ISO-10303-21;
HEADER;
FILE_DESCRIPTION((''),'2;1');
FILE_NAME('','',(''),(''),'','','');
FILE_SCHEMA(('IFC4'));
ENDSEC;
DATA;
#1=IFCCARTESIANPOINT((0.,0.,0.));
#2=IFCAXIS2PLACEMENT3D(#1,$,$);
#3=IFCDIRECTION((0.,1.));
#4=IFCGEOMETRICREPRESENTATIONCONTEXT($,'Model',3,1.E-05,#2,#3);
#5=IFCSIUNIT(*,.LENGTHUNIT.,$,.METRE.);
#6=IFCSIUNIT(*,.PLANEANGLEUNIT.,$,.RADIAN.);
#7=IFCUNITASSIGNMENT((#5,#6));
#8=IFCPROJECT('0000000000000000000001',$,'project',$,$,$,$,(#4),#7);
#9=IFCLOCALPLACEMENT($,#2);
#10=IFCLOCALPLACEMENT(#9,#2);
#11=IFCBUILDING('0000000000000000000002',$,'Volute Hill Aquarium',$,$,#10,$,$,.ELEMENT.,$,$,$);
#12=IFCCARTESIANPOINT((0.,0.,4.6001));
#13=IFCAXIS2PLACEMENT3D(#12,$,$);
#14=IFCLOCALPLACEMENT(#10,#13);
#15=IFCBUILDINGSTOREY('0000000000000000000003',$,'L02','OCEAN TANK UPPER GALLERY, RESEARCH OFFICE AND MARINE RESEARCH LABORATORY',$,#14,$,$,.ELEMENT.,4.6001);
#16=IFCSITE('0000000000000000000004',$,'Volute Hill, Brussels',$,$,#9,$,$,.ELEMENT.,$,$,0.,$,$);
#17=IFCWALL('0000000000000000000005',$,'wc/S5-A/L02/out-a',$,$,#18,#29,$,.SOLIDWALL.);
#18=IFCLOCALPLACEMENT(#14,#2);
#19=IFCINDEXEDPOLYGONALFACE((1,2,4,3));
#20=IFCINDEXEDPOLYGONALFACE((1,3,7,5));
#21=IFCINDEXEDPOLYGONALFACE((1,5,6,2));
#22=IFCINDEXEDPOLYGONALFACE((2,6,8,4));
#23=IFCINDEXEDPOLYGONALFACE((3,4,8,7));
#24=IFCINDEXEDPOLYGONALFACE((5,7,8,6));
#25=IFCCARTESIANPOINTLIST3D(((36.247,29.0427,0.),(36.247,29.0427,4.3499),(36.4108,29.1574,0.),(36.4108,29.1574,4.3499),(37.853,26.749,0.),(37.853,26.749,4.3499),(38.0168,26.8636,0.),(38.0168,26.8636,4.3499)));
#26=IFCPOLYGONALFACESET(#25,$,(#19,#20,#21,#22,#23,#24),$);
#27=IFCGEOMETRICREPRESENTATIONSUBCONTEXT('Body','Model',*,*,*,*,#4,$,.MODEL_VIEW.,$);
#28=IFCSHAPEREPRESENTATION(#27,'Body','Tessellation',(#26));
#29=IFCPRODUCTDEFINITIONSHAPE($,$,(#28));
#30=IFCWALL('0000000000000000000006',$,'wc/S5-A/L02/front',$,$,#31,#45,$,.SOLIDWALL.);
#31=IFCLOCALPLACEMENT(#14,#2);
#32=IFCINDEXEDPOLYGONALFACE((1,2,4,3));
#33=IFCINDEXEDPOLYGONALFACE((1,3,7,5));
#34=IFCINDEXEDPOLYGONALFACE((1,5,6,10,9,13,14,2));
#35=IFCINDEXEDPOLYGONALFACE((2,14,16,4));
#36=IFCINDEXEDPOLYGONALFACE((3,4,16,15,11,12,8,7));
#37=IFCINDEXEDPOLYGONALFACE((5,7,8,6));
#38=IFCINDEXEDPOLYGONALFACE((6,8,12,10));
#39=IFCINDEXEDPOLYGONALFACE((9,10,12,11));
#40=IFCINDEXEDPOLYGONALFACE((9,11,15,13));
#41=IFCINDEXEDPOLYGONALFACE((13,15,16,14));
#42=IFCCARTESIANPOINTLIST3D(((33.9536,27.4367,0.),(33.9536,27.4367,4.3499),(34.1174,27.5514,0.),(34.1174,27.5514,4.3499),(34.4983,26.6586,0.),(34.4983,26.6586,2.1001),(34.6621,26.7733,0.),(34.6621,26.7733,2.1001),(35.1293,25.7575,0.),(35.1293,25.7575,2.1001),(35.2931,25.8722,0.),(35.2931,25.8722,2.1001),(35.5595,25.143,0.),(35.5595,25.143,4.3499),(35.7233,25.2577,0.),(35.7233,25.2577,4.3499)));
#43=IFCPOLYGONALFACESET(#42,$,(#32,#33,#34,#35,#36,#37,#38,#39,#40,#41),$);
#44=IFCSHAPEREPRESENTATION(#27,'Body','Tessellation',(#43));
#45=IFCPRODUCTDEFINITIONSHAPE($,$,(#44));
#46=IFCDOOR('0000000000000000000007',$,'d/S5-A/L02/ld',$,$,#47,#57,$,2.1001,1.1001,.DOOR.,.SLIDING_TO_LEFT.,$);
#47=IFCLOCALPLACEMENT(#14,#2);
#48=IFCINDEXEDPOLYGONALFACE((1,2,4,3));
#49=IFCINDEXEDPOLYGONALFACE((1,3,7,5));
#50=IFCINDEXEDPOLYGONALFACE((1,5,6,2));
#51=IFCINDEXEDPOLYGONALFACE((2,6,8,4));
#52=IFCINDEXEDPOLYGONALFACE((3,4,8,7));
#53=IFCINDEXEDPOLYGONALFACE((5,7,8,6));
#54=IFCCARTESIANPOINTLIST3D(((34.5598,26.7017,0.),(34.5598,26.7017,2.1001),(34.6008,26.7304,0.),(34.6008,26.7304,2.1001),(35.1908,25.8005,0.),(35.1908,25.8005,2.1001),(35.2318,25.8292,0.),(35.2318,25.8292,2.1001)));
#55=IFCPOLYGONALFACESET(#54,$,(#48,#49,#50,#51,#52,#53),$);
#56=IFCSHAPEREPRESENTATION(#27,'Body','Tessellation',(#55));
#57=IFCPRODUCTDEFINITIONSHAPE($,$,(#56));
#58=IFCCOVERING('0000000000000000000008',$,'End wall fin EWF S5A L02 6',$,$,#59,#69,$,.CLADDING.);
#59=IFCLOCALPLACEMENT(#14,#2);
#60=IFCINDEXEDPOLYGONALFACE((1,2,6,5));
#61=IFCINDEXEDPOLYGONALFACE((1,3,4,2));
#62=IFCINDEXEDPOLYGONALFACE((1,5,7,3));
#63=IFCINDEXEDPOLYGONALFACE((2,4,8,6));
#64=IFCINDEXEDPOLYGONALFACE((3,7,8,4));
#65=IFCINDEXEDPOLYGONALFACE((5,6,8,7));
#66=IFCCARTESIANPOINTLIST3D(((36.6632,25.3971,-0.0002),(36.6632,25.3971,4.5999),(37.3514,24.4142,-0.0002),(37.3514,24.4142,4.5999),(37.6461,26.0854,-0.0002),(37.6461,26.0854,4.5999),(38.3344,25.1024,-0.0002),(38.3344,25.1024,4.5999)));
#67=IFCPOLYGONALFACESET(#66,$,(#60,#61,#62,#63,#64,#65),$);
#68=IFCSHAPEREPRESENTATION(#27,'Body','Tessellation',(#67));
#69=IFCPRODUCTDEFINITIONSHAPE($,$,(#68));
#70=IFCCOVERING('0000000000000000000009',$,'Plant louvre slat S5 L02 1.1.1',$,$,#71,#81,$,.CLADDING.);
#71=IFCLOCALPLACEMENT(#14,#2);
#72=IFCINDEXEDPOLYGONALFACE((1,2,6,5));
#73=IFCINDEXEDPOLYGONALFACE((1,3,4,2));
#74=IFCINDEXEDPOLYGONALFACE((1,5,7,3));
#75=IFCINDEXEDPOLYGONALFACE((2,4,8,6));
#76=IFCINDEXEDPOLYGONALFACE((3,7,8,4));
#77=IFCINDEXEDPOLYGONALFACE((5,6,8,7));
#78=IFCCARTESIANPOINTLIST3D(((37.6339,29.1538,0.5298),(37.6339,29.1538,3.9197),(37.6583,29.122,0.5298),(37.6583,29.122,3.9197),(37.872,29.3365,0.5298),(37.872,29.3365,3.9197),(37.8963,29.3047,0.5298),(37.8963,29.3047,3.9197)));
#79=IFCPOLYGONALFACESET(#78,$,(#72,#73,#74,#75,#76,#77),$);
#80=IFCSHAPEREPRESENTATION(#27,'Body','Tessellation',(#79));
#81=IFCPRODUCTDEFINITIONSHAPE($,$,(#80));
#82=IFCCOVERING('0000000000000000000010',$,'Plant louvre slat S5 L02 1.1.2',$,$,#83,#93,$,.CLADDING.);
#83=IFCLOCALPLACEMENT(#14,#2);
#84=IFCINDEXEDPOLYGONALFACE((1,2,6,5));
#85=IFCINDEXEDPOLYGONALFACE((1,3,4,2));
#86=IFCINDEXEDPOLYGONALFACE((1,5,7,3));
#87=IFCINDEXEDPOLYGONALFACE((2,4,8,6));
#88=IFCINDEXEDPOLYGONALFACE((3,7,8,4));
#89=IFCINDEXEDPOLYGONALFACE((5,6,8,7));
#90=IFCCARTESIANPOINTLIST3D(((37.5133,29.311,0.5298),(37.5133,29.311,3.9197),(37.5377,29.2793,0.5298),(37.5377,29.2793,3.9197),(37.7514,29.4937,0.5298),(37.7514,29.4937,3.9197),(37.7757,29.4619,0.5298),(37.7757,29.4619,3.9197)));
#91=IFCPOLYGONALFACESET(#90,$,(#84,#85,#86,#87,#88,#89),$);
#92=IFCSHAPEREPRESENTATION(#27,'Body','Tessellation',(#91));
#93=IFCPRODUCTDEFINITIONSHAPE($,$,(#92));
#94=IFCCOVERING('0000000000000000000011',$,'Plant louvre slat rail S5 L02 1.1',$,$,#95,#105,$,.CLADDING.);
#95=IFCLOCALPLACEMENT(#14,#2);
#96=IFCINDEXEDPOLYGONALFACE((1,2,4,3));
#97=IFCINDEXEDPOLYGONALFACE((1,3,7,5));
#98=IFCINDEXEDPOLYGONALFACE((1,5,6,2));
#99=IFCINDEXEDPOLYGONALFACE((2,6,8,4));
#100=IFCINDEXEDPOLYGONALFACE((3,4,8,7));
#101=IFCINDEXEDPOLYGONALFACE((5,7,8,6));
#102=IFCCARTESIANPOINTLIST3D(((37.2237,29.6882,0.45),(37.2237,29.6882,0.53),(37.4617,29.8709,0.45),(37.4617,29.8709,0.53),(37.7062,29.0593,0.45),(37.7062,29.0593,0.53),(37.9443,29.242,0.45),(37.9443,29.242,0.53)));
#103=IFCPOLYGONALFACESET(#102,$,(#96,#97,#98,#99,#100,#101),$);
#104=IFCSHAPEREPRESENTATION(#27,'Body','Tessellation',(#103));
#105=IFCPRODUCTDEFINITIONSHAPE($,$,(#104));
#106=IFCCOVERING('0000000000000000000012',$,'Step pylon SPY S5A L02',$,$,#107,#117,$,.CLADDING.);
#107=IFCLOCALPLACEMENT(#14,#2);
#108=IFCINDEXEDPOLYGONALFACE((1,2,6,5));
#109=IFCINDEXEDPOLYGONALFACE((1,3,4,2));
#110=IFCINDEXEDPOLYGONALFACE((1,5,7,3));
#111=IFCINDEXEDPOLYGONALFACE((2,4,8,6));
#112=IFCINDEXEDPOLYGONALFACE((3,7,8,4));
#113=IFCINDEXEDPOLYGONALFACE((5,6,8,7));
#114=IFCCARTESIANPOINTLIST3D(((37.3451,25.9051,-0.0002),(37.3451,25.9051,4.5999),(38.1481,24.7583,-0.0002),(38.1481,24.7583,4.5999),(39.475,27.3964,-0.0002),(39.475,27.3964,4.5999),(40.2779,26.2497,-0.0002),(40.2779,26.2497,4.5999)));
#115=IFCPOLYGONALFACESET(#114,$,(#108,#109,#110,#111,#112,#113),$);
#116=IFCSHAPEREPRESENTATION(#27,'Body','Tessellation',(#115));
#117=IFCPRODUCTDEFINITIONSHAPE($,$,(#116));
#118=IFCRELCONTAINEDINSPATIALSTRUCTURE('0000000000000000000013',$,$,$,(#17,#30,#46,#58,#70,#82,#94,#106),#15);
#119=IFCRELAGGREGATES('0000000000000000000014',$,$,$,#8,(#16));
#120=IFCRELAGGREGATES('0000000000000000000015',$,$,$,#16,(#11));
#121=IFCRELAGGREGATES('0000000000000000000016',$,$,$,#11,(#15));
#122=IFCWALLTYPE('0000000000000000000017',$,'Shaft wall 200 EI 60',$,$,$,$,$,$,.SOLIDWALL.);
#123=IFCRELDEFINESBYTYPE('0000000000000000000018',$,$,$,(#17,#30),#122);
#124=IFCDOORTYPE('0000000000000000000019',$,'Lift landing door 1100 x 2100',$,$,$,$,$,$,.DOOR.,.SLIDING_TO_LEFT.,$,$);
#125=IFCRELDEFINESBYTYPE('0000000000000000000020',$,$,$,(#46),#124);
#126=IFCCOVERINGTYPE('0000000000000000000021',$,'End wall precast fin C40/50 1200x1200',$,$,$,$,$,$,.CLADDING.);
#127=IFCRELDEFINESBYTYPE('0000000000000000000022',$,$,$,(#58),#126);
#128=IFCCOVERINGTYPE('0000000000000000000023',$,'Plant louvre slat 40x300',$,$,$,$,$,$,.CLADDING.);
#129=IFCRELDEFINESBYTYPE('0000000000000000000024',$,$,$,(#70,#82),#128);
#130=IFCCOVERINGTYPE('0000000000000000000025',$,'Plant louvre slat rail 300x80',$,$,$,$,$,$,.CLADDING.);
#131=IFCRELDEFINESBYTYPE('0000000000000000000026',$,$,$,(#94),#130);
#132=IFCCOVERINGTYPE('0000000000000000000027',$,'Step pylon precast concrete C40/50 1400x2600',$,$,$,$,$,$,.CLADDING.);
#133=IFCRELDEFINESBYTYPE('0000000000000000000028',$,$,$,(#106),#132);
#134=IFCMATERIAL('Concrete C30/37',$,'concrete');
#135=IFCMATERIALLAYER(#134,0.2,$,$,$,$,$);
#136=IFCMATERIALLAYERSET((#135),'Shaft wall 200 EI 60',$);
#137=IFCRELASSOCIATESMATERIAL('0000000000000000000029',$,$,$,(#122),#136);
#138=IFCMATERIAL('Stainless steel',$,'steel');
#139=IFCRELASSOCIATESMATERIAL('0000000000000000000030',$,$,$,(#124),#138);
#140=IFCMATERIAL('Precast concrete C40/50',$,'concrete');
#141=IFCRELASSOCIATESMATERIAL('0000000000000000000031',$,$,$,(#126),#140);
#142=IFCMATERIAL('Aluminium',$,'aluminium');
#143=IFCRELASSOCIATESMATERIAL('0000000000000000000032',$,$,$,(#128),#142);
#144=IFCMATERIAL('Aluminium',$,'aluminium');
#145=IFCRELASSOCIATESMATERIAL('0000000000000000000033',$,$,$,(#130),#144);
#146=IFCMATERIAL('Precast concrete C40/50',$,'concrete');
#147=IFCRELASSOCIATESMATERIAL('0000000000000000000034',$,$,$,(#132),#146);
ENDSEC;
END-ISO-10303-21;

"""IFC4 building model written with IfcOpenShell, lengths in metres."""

from ifc_helpers import new_model, si_unit, direction, frame, frame_2d, origin, origin_2d, place, context, subcontext, project, spatial, rectangle, extrude, material, layer, layer_set, type_object, element, fill, save


model = new_model("IFC4")

# Units and contexts
model_context = context("Model", 3, precision=1e-05, world=origin(), true_north=direction((0.0, 1.0)))
body_context = subcontext(model_context, "Body", "Model", "MODEL_VIEW")
ifc_project = project(units=[si_unit("LENGTHUNIT", "METRE"), si_unit("PLANEANGLEUNIT", "RADIAN")], contexts=[model_context])

# Site, building, storey
site_placement = place(None, origin())
site = spatial("IfcSite", under=ifc_project, at=site_placement, Name="Volute Hill, Brussels", CompositionType="ELEMENT", RefElevation=0.0)
building_placement = place(site_placement, origin())
building = spatial("IfcBuilding", under=site, at=building_placement, Name="Volute Hill Aquarium", CompositionType="ELEMENT")
storey_placement = place(building_placement, frame((0.0, 0.0, 4.6001)))
storey = spatial("IfcBuildingStorey", under=building, at=storey_placement, Name="L02", Description="OCEAN TANK UPPER GALLERY, RESEARCH OFFICE AND MARINE RESEARCH LABORATORY", CompositionType="ELEMENT", Elevation=4.6001)

# Wall
ifc_material_1 = material(Name="Concrete C30/37", Category="concrete")
ifc_layer_1 = layer(ifc_material_1, 0.2)
ifc_layer_set_1 = layer_set([ifc_layer_1], Name="Shaft wall 200 EI 60")
wall_type_1 = type_object("IfcWallType", Name="Shaft wall 200 EI 60", PredefinedType="SOLIDWALL", material=ifc_layer_set_1)
wall_1_placement = place(storey_placement, frame((37.9348, 26.8064, 0.0), z_axis=(0.0, 0.0, 1.0), x_axis=(-0.57355, 0.81917, 0.0)))
element("IfcWall", 1, at=wall_1_placement, inside=storey, type_object=wall_type_1, Name="wc/S5-A/L02/out-a", PredefinedType="SOLIDWALL", context=body_context, shape_type="SweptSolid", body=[
    extrude(rectangle(XDim=2.8, YDim=0.2, at=frame_2d((1.3999, 0.0))), origin(), (0.0, 0.0, 1.0), 4.3499),
])

# Wall, opening, door
wall_2_placement = place(storey_placement, frame((35.6414, 25.2004, 0.0), z_axis=(0.0, 0.0, 1.0), x_axis=(-0.57355, 0.81917, 0.0)))
wall_2 = element("IfcWall", 2, at=wall_2_placement, inside=storey, type_object=wall_type_1, Name="wc/S5-A/L02/front", PredefinedType="SOLIDWALL", context=body_context, shape_type="SweptSolid", body=[
    extrude(rectangle(XDim=2.8, YDim=0.2, at=frame_2d((1.3999, 0.0))), origin(), (0.0, 0.0, 1.0), 4.3499),
])
opening_placement = place(wall_2_placement, frame((0.75, 0.0, 0.0)))
opening = element("IfcOpeningElement", 3, at=opening_placement, cuts=wall_2, PredefinedType="OPENING", context=body_context, shape_type="SweptSolid", body=[
    extrude(rectangle(XDim=1.1001, YDim=2.1001, at=frame_2d((0.55, 1.05))), frame((0.0, 0.1099, 0.0), z_axis=(0.0, -1.0, 0.0), x_axis=(1.0, 0.0, 0.0)), (0.0, 0.0, 1.0), 0.22),
])
ifc_material_2 = material(Name="Stainless steel", Category="steel")
door_type = type_object("IfcDoorType", Name="Lift landing door 1100 x 2100", OperationType="SLIDING_TO_LEFT", PredefinedType="DOOR", material=ifc_material_2)
door_placement = place(opening_placement, origin())
door = element("IfcDoor", 4, at=door_placement, inside=storey, type_object=door_type, Name="d/S5-A/L02/ld", OperationType="SLIDING_TO_LEFT", OverallHeight=2.1001, OverallWidth=1.1001, PredefinedType="DOOR", context=body_context, shape_type="SweptSolid", body=[
    extrude(rectangle(XDim=1.1001, YDim=2.1001, at=frame_2d((0.55, 1.05))), frame((0.0, 0.0249, 0.0), z_axis=(0.0, -1.0, 0.0), x_axis=(1.0, 0.0, 0.0)), (0.0, 0.0, 1.0), 0.05),
])
fill(opening, door)

# Coverings
ifc_material_3 = material(Name="Precast concrete C40/50", Category="concrete")
covering_type_1 = type_object("IfcCoveringType", Name="End wall precast fin C40/50 1200x1200", PredefinedType="CLADDING", material=ifc_material_3)
covering_1_placement = place(storey_placement, frame((37.4988, 25.2498, -0.0002), z_axis=(0.0, 0.0, 1.0), x_axis=(0.819153, 0.573575, 0.0)))
element("IfcCovering", 5, at=covering_1_placement, inside=storey, type_object=covering_type_1, Name="End wall fin EWF S5A L02 6", PredefinedType="CLADDING", context=body_context, shape_type="SweptSolid", body=[
    extrude(rectangle(XDim=1.2, YDim=1.2, at=origin_2d()), origin(), (0.0, 0.0, 1.0), 4.6001),
])
ifc_material_4 = material(Name="Aluminium", Category="aluminium")
covering_type_2 = type_object("IfcCoveringType", Name="Plant louvre slat 40x300", PredefinedType="CLADDING", material=ifc_material_4)
for number, where, z_axis, x_axis, name in (
    (6, (37.7651, 29.2292, 0.5298), (0.0, 0.0, 1.0), (-0.608753, 0.79336, 0.0), "Plant louvre slat S5 L02 1.1.1"),
    (7, (37.6445, 29.3865, 0.5298), (0.0, 0.0, 1.0), (-0.608753, 0.79336, 0.0), "Plant louvre slat S5 L02 1.1.2"),
):
    element("IfcCovering", number, at=place(storey_placement, frame(where, z_axis=z_axis, x_axis=x_axis)), inside=storey, type_object=covering_type_2, Name=name, PredefinedType="CLADDING", context=body_context, shape_type="SweptSolid", body=[
        extrude(rectangle(XDim=0.04, YDim=0.3, at=origin_2d()), origin(), (0.0, 0.0, 1.0), 3.3899),
    ])
ifc_material_5 = material(Name="Aluminium", Category="aluminium")
covering_type_3 = type_object("IfcCoveringType", Name="Plant louvre slat rail 300x80", PredefinedType="CLADDING", material=ifc_material_5)
covering_2_placement = place(storey_placement, frame((37.584, 29.4651, 0.45), z_axis=(0.0, 0.0, 1.0), x_axis=(-0.608753, 0.79336, 0.0)))
element("IfcCovering", 8, at=covering_2_placement, inside=storey, type_object=covering_type_3, Name="Plant louvre slat rail S5 L02 1.1", PredefinedType="CLADDING", context=body_context, shape_type="SweptSolid", body=[
    extrude(rectangle(XDim=0.7927, YDim=0.3, at=origin_2d()), origin(), (0.0, 0.0, 1.0), 0.0801),
])
ifc_material_6 = material(Name="Precast concrete C40/50", Category="concrete")
covering_type_4 = type_object("IfcCoveringType", Name="Step pylon precast concrete C40/50 1400x2600", PredefinedType="CLADDING", material=ifc_material_6)
covering_3_placement = place(storey_placement, frame((38.8115, 26.0774, -0.0002), z_axis=(0.0, 0.0, 1.0), x_axis=(0.819152, 0.573576, 0.0)))
element("IfcCovering", 9, at=covering_3_placement, inside=storey, type_object=covering_type_4, Name="Step pylon SPY S5A L02", PredefinedType="CLADDING", context=body_context, shape_type="SweptSolid", body=[
    extrude(rectangle(XDim=2.6001, YDim=1.3999, at=origin_2d()), origin(), (0.0, 0.0, 1.0), 4.6001),
])

save(model, "model.ifc")
